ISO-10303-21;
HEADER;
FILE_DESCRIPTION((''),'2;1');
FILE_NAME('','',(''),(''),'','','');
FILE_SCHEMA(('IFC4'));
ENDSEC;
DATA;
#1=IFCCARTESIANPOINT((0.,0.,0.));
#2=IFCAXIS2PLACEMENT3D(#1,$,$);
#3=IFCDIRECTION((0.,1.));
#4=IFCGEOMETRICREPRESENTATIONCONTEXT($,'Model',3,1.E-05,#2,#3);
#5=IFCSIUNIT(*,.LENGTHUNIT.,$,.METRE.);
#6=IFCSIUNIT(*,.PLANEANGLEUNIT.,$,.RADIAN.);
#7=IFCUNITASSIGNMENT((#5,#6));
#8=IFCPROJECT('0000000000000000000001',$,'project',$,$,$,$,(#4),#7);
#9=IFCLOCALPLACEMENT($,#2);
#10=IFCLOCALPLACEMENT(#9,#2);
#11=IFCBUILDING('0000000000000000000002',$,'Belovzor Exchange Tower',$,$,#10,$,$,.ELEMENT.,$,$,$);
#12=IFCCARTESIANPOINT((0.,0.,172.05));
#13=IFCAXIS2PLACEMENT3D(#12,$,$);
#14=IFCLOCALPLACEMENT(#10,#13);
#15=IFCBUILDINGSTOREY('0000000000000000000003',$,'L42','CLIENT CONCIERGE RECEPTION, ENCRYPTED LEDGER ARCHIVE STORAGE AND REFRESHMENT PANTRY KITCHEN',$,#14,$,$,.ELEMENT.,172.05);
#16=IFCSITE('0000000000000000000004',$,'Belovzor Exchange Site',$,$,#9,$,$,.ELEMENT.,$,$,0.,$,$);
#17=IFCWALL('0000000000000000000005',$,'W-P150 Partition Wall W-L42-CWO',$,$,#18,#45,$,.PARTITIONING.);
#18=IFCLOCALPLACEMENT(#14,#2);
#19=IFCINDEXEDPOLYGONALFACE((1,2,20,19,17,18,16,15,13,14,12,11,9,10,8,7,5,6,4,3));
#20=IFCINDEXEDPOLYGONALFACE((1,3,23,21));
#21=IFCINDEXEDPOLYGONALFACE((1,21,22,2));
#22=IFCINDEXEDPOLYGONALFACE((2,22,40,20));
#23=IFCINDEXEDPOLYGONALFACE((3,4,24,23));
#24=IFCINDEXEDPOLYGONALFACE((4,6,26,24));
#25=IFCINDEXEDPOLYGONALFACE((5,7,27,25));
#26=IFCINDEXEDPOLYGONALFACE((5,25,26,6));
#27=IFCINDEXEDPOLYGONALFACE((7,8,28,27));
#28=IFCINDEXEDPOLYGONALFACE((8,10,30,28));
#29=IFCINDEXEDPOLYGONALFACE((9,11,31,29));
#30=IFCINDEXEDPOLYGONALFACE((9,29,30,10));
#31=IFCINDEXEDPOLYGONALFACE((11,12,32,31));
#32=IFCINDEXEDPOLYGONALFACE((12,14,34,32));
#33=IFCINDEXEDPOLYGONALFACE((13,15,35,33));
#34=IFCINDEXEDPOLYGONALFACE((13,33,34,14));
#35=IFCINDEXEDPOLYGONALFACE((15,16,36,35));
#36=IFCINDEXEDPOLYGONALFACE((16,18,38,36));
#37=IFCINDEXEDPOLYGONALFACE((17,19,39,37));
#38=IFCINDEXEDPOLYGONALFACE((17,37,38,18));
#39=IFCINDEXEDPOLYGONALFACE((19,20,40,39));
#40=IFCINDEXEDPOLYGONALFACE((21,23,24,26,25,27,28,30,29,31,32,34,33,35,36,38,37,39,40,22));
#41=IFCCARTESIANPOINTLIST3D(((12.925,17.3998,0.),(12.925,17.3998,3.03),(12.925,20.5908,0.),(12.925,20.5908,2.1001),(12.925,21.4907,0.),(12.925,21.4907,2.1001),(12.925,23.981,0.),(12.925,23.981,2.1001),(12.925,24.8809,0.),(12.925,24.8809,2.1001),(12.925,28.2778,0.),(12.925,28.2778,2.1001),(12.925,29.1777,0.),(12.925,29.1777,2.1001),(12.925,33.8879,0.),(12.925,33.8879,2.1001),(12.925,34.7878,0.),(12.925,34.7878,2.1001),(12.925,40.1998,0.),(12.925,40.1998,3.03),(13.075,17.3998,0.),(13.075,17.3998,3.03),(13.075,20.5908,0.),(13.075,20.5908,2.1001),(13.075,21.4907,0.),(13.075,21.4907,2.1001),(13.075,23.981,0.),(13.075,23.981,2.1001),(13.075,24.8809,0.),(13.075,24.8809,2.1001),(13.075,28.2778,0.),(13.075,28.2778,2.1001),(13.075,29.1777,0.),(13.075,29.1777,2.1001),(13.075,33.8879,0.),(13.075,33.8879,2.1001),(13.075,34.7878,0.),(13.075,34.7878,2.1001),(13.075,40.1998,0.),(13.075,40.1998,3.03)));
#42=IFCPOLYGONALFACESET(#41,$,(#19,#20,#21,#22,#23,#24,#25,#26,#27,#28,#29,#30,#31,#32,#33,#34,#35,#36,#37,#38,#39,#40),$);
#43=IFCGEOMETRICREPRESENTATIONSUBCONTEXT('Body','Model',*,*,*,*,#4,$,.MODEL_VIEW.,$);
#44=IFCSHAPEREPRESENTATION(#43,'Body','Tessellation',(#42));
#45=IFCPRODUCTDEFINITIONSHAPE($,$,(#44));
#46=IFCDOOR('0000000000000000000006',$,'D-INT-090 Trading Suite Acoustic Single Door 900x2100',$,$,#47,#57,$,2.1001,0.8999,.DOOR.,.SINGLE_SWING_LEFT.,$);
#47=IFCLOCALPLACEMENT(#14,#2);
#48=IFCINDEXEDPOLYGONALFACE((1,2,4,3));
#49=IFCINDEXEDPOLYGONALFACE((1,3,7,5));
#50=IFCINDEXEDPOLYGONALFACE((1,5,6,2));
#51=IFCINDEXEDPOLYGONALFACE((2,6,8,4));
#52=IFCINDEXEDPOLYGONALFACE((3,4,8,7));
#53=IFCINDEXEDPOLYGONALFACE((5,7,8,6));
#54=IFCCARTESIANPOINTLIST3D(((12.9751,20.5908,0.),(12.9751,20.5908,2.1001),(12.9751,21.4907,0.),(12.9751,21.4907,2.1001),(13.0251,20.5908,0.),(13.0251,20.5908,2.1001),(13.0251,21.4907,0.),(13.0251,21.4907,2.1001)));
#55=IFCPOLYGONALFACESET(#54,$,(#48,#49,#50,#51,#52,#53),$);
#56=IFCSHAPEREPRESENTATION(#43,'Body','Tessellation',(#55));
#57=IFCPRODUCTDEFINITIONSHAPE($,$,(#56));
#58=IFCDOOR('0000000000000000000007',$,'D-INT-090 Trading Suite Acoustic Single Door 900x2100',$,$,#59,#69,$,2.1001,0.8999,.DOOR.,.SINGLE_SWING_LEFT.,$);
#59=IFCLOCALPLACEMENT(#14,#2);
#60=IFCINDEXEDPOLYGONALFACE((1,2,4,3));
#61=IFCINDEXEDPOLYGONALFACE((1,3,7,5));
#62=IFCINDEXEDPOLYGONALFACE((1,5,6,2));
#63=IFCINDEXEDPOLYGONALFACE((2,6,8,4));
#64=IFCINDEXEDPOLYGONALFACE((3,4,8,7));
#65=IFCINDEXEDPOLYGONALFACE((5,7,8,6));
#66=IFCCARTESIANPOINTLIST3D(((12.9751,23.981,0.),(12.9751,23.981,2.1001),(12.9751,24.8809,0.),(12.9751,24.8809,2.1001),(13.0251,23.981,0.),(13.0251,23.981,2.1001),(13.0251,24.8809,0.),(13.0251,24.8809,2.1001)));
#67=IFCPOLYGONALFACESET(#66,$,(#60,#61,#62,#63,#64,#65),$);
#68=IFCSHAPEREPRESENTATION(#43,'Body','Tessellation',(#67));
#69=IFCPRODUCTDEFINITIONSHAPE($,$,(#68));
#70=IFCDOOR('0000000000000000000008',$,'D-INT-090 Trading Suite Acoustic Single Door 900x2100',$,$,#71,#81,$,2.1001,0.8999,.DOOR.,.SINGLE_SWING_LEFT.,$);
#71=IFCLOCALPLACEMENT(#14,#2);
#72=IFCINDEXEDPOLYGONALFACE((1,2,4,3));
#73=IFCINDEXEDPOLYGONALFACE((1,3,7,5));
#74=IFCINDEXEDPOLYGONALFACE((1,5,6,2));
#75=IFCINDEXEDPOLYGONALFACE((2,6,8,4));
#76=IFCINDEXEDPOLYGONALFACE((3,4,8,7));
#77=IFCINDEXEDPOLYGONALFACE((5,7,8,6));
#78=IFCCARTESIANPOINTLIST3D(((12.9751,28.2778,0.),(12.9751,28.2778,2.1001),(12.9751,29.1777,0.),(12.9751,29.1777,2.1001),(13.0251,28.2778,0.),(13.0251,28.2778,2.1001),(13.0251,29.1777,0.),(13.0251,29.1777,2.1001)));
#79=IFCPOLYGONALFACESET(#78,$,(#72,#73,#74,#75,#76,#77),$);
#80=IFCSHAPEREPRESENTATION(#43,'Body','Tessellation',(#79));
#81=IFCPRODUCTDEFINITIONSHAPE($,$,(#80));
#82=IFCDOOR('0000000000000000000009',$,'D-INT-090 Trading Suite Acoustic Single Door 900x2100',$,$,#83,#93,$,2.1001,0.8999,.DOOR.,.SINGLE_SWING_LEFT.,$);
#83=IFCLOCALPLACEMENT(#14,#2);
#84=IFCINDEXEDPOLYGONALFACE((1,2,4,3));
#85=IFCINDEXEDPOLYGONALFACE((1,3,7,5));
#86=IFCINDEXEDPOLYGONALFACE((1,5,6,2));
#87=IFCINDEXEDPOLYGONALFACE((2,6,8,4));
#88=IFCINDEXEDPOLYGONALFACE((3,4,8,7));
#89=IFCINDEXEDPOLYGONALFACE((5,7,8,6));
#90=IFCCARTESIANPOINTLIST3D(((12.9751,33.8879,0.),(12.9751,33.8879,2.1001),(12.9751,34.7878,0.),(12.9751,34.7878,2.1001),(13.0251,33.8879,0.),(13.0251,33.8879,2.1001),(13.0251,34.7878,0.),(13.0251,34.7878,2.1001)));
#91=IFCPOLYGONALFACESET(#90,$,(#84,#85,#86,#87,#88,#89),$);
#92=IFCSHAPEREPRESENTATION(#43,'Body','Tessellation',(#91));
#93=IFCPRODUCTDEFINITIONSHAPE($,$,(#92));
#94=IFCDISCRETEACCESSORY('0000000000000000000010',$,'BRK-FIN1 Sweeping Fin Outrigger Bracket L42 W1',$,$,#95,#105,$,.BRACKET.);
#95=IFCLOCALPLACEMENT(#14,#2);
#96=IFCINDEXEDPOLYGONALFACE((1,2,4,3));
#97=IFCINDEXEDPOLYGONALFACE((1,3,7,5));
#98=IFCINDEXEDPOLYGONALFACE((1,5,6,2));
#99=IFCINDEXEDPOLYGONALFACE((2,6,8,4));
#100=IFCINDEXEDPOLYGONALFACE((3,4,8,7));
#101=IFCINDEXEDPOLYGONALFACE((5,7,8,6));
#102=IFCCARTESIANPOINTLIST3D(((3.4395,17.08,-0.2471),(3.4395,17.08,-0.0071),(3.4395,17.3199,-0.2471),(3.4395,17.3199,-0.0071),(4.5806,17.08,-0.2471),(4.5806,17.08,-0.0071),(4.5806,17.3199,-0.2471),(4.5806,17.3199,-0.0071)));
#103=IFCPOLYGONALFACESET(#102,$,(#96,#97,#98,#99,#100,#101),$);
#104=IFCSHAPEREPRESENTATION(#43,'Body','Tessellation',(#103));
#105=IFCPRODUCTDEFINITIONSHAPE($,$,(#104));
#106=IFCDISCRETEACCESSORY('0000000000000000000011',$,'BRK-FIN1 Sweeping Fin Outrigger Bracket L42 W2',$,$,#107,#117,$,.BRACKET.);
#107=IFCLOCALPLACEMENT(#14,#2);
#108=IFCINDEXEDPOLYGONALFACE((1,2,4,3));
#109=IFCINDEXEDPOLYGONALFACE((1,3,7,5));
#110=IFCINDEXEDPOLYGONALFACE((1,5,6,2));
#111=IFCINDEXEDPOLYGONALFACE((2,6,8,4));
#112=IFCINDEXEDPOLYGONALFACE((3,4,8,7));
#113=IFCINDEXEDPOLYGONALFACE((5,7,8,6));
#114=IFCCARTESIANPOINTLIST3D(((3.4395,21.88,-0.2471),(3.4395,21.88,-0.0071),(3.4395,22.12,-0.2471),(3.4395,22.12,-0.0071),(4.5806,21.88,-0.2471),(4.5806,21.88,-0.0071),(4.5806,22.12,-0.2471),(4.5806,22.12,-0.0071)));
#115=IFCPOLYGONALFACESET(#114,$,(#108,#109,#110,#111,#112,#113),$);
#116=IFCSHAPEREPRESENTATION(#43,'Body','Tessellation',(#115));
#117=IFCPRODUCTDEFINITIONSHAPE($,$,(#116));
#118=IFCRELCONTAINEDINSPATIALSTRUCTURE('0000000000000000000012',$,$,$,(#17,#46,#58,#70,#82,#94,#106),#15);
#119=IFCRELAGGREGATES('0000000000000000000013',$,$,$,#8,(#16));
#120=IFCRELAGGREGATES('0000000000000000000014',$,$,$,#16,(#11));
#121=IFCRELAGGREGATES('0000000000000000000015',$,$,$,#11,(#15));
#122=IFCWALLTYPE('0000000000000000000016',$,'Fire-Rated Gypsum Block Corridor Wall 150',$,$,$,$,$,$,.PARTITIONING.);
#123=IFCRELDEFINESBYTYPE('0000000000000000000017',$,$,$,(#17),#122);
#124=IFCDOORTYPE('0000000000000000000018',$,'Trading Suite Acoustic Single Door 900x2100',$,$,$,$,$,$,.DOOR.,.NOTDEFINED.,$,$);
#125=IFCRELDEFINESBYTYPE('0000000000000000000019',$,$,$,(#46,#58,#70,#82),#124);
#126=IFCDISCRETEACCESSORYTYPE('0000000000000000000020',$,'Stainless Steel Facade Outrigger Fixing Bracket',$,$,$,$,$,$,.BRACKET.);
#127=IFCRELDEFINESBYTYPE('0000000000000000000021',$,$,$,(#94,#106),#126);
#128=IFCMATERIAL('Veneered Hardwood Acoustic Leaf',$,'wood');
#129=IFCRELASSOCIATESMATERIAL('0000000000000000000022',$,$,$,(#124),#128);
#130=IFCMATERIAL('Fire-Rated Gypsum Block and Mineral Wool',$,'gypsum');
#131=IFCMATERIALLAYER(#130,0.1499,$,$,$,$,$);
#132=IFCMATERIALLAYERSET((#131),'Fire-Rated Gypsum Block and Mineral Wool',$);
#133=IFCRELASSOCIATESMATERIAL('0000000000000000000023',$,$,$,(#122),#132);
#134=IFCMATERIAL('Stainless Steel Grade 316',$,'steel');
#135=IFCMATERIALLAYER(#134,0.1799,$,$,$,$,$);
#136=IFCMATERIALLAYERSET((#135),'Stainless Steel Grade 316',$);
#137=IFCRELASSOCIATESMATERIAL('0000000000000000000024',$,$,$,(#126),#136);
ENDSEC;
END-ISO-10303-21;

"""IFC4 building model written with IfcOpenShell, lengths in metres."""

from ifc_helpers import new_model, si_unit, direction, frame, frame_2d, origin, origin_2d, place, context, subcontext, project, spatial, rectangle, extrude, material, layer, layer_set, type_object, element, fill, save


model = new_model("IFC4")

# Units and contexts
model_context = context("Model", 3, precision=1e-05, world=origin(), true_north=direction((0.0, 1.0)))
body_context = subcontext(model_context, "Body", "Model", "MODEL_VIEW")
ifc_project = project(units=[si_unit("LENGTHUNIT", "METRE"), si_unit("PLANEANGLEUNIT", "RADIAN")], contexts=[model_context])

# Site, building, storey
site_placement = place(None, origin())
site = spatial("IfcSite", under=ifc_project, at=site_placement, Name="Belovzor Exchange Site", CompositionType="ELEMENT", RefElevation=0.0)
building_placement = place(site_placement, origin())
building = spatial("IfcBuilding", under=site, at=building_placement, Name="Belovzor Exchange Tower", CompositionType="ELEMENT")
storey_placement = place(building_placement, frame((0.0, 0.0, 172.05)))
storey = spatial("IfcBuildingStorey", under=building, at=storey_placement, Name="L42", Description="CLIENT CONCIERGE RECEPTION, ENCRYPTED LEDGER ARCHIVE STORAGE AND REFRESHMENT PANTRY KITCHEN", CompositionType="ELEMENT", Elevation=172.05)

# Shared definitions
ifc_material_1 = material(Name="Veneered Hardwood Acoustic Leaf", Category="wood")
door_type = type_object("IfcDoorType", Name="Trading Suite Acoustic Single Door 900x2100", OperationType="NOTDEFINED", PredefinedType="DOOR", material=ifc_material_1)

# Shared definitions
ifc_material_2 = material(Name="Fire-Rated Gypsum Block and Mineral Wool", Category="gypsum")
ifc_layer_1 = layer(ifc_material_2, 0.1499)
ifc_layer_set_1 = layer_set([ifc_layer_1], Name="Fire-Rated Gypsum Block and Mineral Wool")
wall_type_1 = type_object("IfcWallType", Name="Fire-Rated Gypsum Block Corridor Wall 150", PredefinedType="PARTITIONING", material=ifc_layer_set_1)

# Wall, openings, doors
wall_1_placement = place(storey_placement, frame((13.0, 17.3999, 0.0), z_axis=(0.0, 0.0, 1.0), x_axis=(0.0, 1.0, 0.0)))
wall_1 = element("IfcWall", 1, at=wall_1_placement, inside=storey, type_object=wall_type_1, Name="W-P150 Partition Wall W-L42-CWO", PredefinedType="PARTITIONING", context=body_context, shape_type="SweptSolid", body=[
    extrude(rectangle(XDim=22.8, YDim=0.1499, at=frame_2d((11.3999, 0.0))), origin(), (0.0, 0.0, 1.0), 3.03),
])
opening_1_placement = place(wall_1_placement, frame((3.1909, 0.0, 0.0)))
opening_1 = element("IfcOpeningElement", 2, at=opening_1_placement, cuts=wall_1, PredefinedType="OPENING", context=body_context, shape_type="SweptSolid", body=[
    extrude(rectangle(XDim=0.8999, YDim=2.1001, at=frame_2d((0.45, 1.05))), frame((0.0, 0.085, 0.0), z_axis=(0.0, -1.0, 0.0), x_axis=(1.0, 0.0, 0.0)), (0.0, 0.0, 1.0), 0.1699),
])
opening_2_placement = place(wall_1_placement, frame((6.5811, 0.0, 0.0)))
opening_2 = element("IfcOpeningElement", 3, at=opening_2_placement, cuts=wall_1, PredefinedType="OPENING", context=body_context, shape_type="SweptSolid", body=[
    extrude(rectangle(XDim=0.8999, YDim=2.1001, at=frame_2d((0.45, 1.05))), frame((0.0, 0.085, 0.0), z_axis=(0.0, -1.0, 0.0), x_axis=(1.0, 0.0, 0.0)), (0.0, 0.0, 1.0), 0.1699),
])
opening_3_placement = place(wall_1_placement, frame((10.8779, 0.0, 0.0)))
opening_3 = element("IfcOpeningElement", 4, at=opening_3_placement, cuts=wall_1, PredefinedType="OPENING", context=body_context, shape_type="SweptSolid", body=[
    extrude(rectangle(XDim=0.8999, YDim=2.1001, at=frame_2d((0.45, 1.05))), frame((0.0, 0.085, 0.0), z_axis=(0.0, -1.0, 0.0), x_axis=(1.0, 0.0, 0.0)), (0.0, 0.0, 1.0), 0.1699),
])
opening_4_placement = place(wall_1_placement, frame((16.488, 0.0, 0.0)))
opening_4 = element("IfcOpeningElement", 5, at=opening_4_placement, cuts=wall_1, PredefinedType="OPENING", context=body_context, shape_type="SweptSolid", body=[
    extrude(rectangle(XDim=0.8999, YDim=2.1001, at=frame_2d((0.45, 1.05))), frame((0.0, 0.085, 0.0), z_axis=(0.0, -1.0, 0.0), x_axis=(1.0, 0.0, 0.0)), (0.0, 0.0, 1.0), 0.1699),
])
door_1_placement = place(opening_1_placement, origin())
door_1 = element("IfcDoor", 6, at=door_1_placement, inside=storey, type_object=door_type, Name="D-INT-090 Trading Suite Acoustic Single Door 900x2100", OperationType="SINGLE_SWING_LEFT", OverallHeight=2.1001, OverallWidth=0.8999, PredefinedType="DOOR", context=body_context, shape_type="SweptSolid", body=[
    extrude(rectangle(XDim=0.8999, YDim=2.1001, at=frame_2d((0.45, 1.05))), frame((0.0, 0.0249, 0.0), z_axis=(0.0, -1.0, 0.0), x_axis=(1.0, 0.0, 0.0)), (0.0, 0.0, 1.0), 0.05),
])
fill(opening_1, door_1)
door_2_placement = place(opening_2_placement, origin())
door_2 = element("IfcDoor", 7, at=door_2_placement, inside=storey, type_object=door_type, Name="D-INT-090 Trading Suite Acoustic Single Door 900x2100", OperationType="SINGLE_SWING_LEFT", OverallHeight=2.1001, OverallWidth=0.8999, PredefinedType="DOOR", context=body_context, shape_type="SweptSolid", body=[
    extrude(rectangle(XDim=0.8999, YDim=2.1001, at=frame_2d((0.45, 1.05))), frame((0.0, 0.0249, 0.0), z_axis=(0.0, -1.0, 0.0), x_axis=(1.0, 0.0, 0.0)), (0.0, 0.0, 1.0), 0.05),
])
fill(opening_2, door_2)
door_3_placement = place(opening_3_placement, origin())
door_3 = element("IfcDoor", 8, at=door_3_placement, inside=storey, type_object=door_type, Name="D-INT-090 Trading Suite Acoustic Single Door 900x2100", OperationType="SINGLE_SWING_LEFT", OverallHeight=2.1001, OverallWidth=0.8999, PredefinedType="DOOR", context=body_context, shape_type="SweptSolid", body=[
    extrude(rectangle(XDim=0.8999, YDim=2.1001, at=frame_2d((0.45, 1.05))), frame((0.0, 0.0249, 0.0), z_axis=(0.0, -1.0, 0.0), x_axis=(1.0, 0.0, 0.0)), (0.0, 0.0, 1.0), 0.05),
])
fill(opening_3, door_3)
door_4_placement = place(opening_4_placement, origin())
door_4 = element("IfcDoor", 9, at=door_4_placement, inside=storey, type_object=door_type, Name="D-INT-090 Trading Suite Acoustic Single Door 900x2100", OperationType="SINGLE_SWING_LEFT", OverallHeight=2.1001, OverallWidth=0.8999, PredefinedType="DOOR", context=body_context, shape_type="SweptSolid", body=[
    extrude(rectangle(XDim=0.8999, YDim=2.1001, at=frame_2d((0.45, 1.05))), frame((0.0, 0.0249, 0.0), z_axis=(0.0, -1.0, 0.0), x_axis=(1.0, 0.0, 0.0)), (0.0, 0.0, 1.0), 0.05),
])
fill(opening_4, door_4)

# Discrete accessories
ifc_material_3 = material(Name="Stainless Steel Grade 316", Category="steel")
ifc_layer_2 = layer(ifc_material_3, 0.1799)
ifc_layer_set_2 = layer_set([ifc_layer_2], Name="Stainless Steel Grade 316")
discrete_accessory_type = type_object("IfcDiscreteAccessoryType", Name="Stainless Steel Facade Outrigger Fixing Bracket", PredefinedType="BRACKET", material=ifc_layer_set_2)
for number, where, z_axis, x_axis, name in (
    (10, (4.01, 17.2, -0.2471), (0.0, 0.0, 1.0), (1.0, 0.0, 0.0), "BRK-FIN1 Sweeping Fin Outrigger Bracket L42 W1"),
    (11, (4.01, 22.0, -0.2471), (0.0, 0.0, 1.0), (1.0, 0.0, 0.0), "BRK-FIN1 Sweeping Fin Outrigger Bracket L42 W2"),
):
    element("IfcDiscreteAccessory", number, at=place(storey_placement, frame(where, z_axis=z_axis, x_axis=x_axis)), inside=storey, type_object=discrete_accessory_type, Name=name, PredefinedType="BRACKET", context=body_context, shape_type="SweptSolid", body=[
        extrude(rectangle(XDim=1.1411, YDim=0.24, at=origin_2d()), origin(), (0.0, 0.0, 1.0), 0.24),
    ])

save(model, "model.ifc")
